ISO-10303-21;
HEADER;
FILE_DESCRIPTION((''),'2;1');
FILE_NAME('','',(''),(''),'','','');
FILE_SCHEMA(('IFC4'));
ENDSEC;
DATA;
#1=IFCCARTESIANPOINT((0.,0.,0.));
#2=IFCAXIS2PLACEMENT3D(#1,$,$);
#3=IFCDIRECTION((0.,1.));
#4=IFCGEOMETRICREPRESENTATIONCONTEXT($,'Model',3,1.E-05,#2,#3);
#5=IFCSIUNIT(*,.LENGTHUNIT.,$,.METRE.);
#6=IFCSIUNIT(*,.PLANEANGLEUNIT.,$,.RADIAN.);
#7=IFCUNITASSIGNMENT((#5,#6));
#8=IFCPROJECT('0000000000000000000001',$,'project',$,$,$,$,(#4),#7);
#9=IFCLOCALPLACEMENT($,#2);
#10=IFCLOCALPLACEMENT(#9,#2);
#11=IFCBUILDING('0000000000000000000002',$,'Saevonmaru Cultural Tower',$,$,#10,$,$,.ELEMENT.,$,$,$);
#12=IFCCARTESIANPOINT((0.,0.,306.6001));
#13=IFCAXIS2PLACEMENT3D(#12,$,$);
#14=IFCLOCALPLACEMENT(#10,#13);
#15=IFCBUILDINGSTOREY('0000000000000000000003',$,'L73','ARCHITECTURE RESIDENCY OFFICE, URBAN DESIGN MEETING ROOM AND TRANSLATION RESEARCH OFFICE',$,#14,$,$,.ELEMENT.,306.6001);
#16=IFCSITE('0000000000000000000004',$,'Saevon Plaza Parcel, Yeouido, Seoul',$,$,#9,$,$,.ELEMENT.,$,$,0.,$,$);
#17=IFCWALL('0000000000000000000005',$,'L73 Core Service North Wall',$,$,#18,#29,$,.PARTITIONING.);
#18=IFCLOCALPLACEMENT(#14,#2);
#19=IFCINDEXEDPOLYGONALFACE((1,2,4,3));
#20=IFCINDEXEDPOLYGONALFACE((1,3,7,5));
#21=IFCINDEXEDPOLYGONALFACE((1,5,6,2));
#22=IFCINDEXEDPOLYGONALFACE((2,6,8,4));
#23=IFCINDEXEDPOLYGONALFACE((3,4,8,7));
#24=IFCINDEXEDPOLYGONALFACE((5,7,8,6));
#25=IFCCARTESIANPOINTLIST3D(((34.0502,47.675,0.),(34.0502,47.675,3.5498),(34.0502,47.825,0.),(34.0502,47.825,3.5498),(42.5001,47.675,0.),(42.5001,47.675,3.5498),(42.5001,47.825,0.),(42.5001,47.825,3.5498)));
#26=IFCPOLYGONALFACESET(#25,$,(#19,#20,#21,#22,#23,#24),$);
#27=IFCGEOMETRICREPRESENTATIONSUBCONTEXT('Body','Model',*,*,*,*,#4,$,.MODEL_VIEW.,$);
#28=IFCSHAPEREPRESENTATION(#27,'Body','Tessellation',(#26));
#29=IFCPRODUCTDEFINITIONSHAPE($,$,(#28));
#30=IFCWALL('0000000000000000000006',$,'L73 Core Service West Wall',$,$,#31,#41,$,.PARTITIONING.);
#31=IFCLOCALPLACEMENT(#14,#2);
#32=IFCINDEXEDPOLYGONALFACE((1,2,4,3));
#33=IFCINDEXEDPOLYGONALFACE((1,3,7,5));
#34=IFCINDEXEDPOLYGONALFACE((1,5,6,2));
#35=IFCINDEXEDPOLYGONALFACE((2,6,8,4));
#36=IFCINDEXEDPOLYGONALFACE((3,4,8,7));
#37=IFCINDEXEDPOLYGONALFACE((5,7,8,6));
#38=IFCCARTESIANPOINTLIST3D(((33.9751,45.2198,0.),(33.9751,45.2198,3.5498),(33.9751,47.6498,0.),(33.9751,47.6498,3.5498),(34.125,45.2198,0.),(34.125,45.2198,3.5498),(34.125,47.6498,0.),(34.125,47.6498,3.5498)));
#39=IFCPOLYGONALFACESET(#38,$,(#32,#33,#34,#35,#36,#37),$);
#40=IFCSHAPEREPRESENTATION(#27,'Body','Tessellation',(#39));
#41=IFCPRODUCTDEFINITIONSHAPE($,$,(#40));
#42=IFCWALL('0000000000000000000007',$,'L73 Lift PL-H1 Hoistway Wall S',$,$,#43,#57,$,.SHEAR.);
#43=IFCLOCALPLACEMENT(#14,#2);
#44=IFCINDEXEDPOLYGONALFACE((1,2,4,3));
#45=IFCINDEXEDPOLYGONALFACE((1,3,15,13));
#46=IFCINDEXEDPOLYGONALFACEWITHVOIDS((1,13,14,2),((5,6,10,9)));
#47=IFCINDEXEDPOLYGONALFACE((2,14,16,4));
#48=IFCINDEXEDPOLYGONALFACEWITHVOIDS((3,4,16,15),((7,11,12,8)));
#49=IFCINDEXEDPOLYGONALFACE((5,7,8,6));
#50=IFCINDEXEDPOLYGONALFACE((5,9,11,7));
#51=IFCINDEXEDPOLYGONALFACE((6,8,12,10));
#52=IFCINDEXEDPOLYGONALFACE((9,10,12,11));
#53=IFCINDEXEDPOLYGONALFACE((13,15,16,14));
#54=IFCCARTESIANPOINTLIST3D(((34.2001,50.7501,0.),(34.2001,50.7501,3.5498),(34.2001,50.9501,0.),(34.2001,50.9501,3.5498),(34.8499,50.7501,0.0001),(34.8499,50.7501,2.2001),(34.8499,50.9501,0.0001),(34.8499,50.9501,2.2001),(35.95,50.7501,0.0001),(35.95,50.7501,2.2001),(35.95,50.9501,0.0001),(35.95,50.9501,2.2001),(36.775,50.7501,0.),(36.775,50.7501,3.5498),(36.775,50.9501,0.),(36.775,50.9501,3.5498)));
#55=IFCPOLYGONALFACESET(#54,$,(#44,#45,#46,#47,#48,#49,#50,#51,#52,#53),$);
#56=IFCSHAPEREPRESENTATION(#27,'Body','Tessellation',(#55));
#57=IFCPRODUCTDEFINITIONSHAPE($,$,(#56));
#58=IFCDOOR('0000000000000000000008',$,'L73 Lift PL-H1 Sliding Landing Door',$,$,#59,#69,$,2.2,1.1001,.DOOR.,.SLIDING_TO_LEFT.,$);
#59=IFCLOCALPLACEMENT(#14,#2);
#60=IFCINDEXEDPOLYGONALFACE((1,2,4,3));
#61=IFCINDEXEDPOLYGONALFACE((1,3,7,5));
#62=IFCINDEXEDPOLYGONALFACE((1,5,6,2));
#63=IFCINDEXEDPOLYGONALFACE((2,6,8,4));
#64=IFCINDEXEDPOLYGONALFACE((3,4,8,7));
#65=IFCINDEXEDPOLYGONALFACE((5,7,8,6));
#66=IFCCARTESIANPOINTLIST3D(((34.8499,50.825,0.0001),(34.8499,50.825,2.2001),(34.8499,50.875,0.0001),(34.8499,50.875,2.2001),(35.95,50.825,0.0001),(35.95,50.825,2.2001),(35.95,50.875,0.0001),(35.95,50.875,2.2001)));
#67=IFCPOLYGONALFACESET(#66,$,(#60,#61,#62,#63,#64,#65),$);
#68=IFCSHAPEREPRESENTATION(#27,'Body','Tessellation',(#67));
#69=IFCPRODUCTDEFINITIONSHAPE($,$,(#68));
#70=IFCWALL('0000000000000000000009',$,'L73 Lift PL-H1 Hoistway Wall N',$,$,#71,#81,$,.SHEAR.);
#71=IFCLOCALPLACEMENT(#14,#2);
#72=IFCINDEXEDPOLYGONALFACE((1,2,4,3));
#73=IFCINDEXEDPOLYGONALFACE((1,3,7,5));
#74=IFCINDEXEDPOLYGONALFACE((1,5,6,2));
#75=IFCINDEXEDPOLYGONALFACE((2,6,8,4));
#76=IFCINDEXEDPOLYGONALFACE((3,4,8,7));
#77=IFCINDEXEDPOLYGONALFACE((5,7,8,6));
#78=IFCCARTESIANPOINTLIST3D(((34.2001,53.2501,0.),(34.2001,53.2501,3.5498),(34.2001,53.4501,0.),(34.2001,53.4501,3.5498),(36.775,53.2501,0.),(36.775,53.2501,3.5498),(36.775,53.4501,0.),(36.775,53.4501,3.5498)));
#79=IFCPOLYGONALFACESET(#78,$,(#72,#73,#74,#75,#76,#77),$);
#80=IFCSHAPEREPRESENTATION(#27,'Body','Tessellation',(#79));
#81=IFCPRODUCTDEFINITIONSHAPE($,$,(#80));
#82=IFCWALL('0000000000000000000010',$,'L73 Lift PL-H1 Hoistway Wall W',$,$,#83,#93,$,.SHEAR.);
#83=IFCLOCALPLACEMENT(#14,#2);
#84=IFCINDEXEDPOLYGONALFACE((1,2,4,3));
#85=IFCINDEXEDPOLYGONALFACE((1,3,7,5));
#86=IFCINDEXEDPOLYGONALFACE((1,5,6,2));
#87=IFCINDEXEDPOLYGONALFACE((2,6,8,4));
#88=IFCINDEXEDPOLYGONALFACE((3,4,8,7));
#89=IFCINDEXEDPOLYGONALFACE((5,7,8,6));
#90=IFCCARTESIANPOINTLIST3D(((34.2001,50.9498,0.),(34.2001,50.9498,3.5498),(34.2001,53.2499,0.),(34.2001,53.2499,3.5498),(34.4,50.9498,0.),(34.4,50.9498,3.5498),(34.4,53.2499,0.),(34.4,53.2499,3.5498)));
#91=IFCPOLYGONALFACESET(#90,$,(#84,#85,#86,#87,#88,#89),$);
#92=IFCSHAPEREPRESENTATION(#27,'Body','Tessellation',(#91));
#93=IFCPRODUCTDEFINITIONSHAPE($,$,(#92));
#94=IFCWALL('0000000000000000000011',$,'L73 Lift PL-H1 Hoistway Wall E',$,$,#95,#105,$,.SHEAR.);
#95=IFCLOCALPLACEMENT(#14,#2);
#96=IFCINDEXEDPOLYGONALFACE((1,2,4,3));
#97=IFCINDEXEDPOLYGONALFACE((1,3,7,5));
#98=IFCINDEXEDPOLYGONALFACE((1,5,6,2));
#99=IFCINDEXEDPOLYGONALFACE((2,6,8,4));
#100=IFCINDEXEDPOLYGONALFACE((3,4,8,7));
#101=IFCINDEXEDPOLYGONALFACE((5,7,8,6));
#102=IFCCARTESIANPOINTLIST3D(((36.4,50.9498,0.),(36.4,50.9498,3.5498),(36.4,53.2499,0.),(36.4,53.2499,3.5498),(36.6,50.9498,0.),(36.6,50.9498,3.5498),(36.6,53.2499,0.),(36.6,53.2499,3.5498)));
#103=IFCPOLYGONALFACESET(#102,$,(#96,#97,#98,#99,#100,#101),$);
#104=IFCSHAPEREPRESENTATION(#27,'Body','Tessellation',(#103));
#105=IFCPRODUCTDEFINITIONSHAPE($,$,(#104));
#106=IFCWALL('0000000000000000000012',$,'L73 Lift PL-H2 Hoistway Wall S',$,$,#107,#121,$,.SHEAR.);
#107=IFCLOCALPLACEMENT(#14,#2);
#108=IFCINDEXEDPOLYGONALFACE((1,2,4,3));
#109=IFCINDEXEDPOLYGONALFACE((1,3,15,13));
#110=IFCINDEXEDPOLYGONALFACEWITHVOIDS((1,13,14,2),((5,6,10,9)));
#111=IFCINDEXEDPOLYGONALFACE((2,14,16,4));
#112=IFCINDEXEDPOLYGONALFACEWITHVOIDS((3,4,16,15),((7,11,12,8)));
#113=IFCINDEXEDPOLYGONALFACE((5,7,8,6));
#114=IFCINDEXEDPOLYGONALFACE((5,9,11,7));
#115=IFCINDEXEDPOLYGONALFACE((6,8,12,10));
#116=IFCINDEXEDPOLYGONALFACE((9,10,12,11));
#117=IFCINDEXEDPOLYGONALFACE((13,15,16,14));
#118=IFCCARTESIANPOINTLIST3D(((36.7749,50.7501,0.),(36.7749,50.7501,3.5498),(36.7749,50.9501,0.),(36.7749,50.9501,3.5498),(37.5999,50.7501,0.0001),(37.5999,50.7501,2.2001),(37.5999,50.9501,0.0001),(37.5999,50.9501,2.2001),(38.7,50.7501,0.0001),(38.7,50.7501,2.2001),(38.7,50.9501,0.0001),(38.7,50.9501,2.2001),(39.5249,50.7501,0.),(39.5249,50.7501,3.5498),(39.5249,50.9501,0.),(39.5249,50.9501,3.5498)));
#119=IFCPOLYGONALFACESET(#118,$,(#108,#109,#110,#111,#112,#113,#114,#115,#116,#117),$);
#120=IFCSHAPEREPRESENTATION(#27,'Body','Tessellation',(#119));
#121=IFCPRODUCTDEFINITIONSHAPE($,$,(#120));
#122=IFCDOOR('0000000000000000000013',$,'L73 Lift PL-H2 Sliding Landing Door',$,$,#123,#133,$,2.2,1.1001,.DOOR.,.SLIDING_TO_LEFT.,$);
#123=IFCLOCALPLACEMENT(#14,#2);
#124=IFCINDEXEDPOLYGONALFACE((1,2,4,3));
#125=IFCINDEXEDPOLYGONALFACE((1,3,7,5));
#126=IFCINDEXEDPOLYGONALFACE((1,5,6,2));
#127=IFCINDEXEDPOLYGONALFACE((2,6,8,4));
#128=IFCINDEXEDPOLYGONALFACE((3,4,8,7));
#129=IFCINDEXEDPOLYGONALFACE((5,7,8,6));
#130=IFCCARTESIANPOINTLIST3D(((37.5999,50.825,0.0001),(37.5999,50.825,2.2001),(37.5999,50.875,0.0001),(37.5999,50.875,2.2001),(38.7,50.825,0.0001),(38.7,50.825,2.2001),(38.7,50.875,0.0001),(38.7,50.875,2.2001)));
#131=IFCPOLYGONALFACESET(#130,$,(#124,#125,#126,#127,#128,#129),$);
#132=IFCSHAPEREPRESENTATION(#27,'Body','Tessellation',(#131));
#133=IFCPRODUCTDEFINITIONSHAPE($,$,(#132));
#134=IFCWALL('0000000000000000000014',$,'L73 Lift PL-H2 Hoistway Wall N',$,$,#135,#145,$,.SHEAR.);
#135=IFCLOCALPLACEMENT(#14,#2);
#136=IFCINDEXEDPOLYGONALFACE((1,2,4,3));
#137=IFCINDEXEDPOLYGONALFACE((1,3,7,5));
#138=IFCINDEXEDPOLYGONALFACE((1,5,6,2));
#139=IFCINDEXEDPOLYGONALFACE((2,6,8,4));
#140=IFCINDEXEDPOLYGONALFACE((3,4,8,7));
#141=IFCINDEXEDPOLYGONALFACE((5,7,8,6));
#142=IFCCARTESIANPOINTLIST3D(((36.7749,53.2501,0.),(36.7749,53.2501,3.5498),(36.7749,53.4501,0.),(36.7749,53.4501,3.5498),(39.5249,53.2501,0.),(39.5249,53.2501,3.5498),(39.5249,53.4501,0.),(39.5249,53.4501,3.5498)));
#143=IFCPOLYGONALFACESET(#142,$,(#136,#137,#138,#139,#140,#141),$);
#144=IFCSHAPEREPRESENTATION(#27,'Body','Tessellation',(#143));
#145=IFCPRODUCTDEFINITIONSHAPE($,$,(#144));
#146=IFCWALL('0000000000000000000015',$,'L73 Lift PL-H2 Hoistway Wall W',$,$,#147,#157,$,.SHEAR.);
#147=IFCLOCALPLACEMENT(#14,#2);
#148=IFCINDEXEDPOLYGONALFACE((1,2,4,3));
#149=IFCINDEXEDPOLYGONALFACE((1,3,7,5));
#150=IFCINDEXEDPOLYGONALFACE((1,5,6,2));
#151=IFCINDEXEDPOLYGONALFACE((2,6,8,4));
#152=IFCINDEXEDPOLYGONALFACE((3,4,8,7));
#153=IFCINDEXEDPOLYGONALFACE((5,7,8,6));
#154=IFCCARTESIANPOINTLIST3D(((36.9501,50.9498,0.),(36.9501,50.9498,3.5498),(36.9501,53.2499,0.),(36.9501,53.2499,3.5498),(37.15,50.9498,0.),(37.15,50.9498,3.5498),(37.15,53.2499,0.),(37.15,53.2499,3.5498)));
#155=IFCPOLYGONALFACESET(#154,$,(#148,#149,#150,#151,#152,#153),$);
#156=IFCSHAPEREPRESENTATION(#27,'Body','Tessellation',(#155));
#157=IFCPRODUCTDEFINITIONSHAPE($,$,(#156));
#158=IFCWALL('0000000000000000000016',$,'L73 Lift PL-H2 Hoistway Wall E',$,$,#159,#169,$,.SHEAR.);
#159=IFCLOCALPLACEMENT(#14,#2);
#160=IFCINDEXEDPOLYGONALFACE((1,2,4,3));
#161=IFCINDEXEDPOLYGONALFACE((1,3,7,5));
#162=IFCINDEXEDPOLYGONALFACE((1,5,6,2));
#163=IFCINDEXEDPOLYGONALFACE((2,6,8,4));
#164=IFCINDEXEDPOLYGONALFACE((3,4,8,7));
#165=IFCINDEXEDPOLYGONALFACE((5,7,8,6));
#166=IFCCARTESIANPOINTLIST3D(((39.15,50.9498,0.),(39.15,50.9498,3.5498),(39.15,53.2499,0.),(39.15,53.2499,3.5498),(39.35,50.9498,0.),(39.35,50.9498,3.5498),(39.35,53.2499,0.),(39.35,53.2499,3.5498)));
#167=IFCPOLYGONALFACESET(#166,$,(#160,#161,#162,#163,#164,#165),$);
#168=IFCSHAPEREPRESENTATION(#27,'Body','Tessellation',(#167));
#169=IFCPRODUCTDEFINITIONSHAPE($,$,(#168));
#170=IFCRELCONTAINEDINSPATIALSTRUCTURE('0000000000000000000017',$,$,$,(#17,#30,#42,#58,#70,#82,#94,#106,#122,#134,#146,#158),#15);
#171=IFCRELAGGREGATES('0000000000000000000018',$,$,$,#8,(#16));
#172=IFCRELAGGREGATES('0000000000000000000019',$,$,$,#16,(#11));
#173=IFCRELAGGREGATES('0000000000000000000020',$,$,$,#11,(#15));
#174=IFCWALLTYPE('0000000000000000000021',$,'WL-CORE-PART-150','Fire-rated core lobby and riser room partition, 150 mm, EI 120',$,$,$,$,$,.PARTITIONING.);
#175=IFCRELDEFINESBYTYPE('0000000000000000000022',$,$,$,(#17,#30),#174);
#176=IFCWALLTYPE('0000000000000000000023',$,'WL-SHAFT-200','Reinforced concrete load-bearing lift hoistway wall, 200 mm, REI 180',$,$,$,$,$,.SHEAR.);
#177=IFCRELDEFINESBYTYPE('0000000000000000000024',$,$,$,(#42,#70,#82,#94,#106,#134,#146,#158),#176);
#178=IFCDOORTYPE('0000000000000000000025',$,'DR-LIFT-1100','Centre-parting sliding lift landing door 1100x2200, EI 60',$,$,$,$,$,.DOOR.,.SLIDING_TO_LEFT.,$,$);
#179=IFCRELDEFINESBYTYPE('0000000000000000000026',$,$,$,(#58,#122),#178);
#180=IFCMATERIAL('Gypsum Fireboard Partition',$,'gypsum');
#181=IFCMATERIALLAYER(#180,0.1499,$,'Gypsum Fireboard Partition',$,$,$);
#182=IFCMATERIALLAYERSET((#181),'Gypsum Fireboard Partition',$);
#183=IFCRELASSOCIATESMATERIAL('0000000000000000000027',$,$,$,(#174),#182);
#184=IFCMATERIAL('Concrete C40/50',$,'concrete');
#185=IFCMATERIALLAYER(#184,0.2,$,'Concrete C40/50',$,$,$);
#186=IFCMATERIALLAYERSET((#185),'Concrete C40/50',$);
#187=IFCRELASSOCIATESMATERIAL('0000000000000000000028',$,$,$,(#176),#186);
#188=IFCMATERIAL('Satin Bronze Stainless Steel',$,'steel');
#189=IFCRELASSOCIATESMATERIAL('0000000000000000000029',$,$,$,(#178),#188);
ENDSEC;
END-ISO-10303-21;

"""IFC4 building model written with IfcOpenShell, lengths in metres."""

from ifc_helpers import new_model, si_unit, direction, frame, frame_2d, origin, place, context, subcontext, project, spatial, rectangle, extrude, material, layer, layer_set, type_object, element, fill, save


model = new_model("IFC4")

# Units and contexts
model_context = context("Model", 3, precision=1e-05, world=origin(), true_north=direction((0.0, 1.0)))
body_context = subcontext(model_context, "Body", "Model", "MODEL_VIEW")
ifc_project = project(units=[si_unit("LENGTHUNIT", "METRE"), si_unit("PLANEANGLEUNIT", "RADIAN")], contexts=[model_context])

# Site, building, storey
site_placement = place(None, origin())
site = spatial("IfcSite", under=ifc_project, at=site_placement, Name="Saevon Plaza Parcel, Yeouido, Seoul", CompositionType="ELEMENT", RefElevation=0.0)
building_placement = place(site_placement, origin())
building = spatial("IfcBuilding", under=site, at=building_placement, Name="Saevonmaru Cultural Tower", CompositionType="ELEMENT")
storey_placement = place(building_placement, frame((0.0, 0.0, 306.6001)))
storey = spatial("IfcBuildingStorey", under=building, at=storey_placement, Name="L73", Description="ARCHITECTURE RESIDENCY OFFICE, URBAN DESIGN MEETING ROOM AND TRANSLATION RESEARCH OFFICE", CompositionType="ELEMENT", Elevation=306.6001)

# Shared definitions
ifc_material_1 = material(Name="Gypsum Fireboard Partition", Category="gypsum")
ifc_layer_1 = layer(ifc_material_1, 0.1499, Name="Gypsum Fireboard Partition")
ifc_layer_set_1 = layer_set([ifc_layer_1], Name="Gypsum Fireboard Partition")
wall_type_1 = type_object("IfcWallType", Name="WL-CORE-PART-150", Description="Fire-rated core lobby and riser room partition, 150 mm, EI 120", PredefinedType="PARTITIONING", material=ifc_layer_set_1)

# Walls
wall_1_placement = place(storey_placement, frame((34.05, 47.75, 0.0), z_axis=(0.0, 0.0, 1.0), x_axis=(1.0, 0.0, 0.0)))
element("IfcWall", 1, at=wall_1_placement, inside=storey, type_object=wall_type_1, Name="L73 Core Service North Wall", PredefinedType="PARTITIONING", context=body_context, shape_type="SweptSolid", body=[
    extrude(rectangle(XDim=8.45, YDim=0.1499, at=frame_2d((4.2251, 0.0))), origin(), (0.0, 0.0, 1.0), 3.5498),
])
wall_2_placement = place(storey_placement, frame((34.05, 45.22, 0.0), z_axis=(0.0, 0.0, 1.0), x_axis=(0.0, 1.0, 0.0)))
element("IfcWall", 2, at=wall_2_placement, inside=storey, type_object=wall_type_1, Name="L73 Core Service West Wall", PredefinedType="PARTITIONING", context=body_context, shape_type="SweptSolid", body=[
    extrude(rectangle(XDim=2.4299, YDim=0.1499, at=frame_2d((1.2148, 0.0))), origin(), (0.0, 0.0, 1.0), 3.5498),
])

# Wall, opening, door
ifc_material_2 = material(Name="Concrete C40/50", Category="concrete")
ifc_layer_2 = layer(ifc_material_2, 0.2, Name="Concrete C40/50")
ifc_layer_set_2 = layer_set([ifc_layer_2], Name="Concrete C40/50")
wall_type_2 = type_object("IfcWallType", Name="WL-SHAFT-200", Description="Reinforced concrete load-bearing lift hoistway wall, 200 mm, REI 180", PredefinedType="SHEAR", material=ifc_layer_set_2)
wall_3_placement = place(storey_placement, frame((34.2, 50.8501, 0.0), z_axis=(0.0, 0.0, 1.0), x_axis=(1.0, 0.0, 0.0)))
wall_3 = element("IfcWall", 3, at=wall_3_placement, inside=storey, type_object=wall_type_2, Name="L73 Lift PL-H1 Hoistway Wall S", PredefinedType="SHEAR", context=body_context, shape_type="SweptSolid", body=[
    extrude(rectangle(XDim=2.575, YDim=0.2, at=frame_2d((1.2876, 0.0))), origin(), (0.0, 0.0, 1.0), 3.5498),
])
opening_1_placement = place(wall_3_placement, frame((0.6499, 0.0, 0.0)))
opening_1 = element("IfcOpeningElement", 4, at=opening_1_placement, cuts=wall_3, PredefinedType="OPENING", context=body_context, shape_type="SweptSolid", body=[
    extrude(rectangle(XDim=1.1001, YDim=2.2, at=frame_2d((0.55, 1.1001))), frame((0.0, 0.1099, 0.0), z_axis=(0.0, -1.0, 0.0), x_axis=(1.0, 0.0, 0.0)), (0.0, 0.0, 1.0), 0.22),
])
ifc_material_3 = material(Name="Satin Bronze Stainless Steel", Category="steel")
door_type_1 = type_object("IfcDoorType", Name="DR-LIFT-1100", Description="Centre-parting sliding lift landing door 1100x2200, EI 60", OperationType="SLIDING_TO_LEFT", PredefinedType="DOOR", material=ifc_material_3)
door_1_placement = place(opening_1_placement, origin())
door_1 = element("IfcDoor", 5, at=door_1_placement, inside=storey, type_object=door_type_1, Name="L73 Lift PL-H1 Sliding Landing Door", OperationType="SLIDING_TO_LEFT", OverallHeight=2.2, OverallWidth=1.1001, PredefinedType="DOOR", context=body_context, shape_type="SweptSolid", body=[
    extrude(rectangle(XDim=1.1001, YDim=2.2, at=frame_2d((0.55, 1.1001))), frame((0.0, 0.0249, 0.0), z_axis=(0.0, -1.0, 0.0), x_axis=(1.0, 0.0, 0.0)), (0.0, 0.0, 1.0), 0.05),
])
fill(opening_1, door_1)

# Walls
wall_4_placement = place(storey_placement, frame((34.2, 53.3501, 0.0), z_axis=(0.0, 0.0, 1.0), x_axis=(1.0, 0.0, 0.0)))
element("IfcWall", 6, at=wall_4_placement, inside=storey, type_object=wall_type_2, Name="L73 Lift PL-H1 Hoistway Wall N", PredefinedType="SHEAR", context=body_context, shape_type="SweptSolid", body=[
    extrude(rectangle(XDim=2.575, YDim=0.2, at=frame_2d((1.2876, 0.0))), origin(), (0.0, 0.0, 1.0), 3.5498),
])
for number, where, z_axis, x_axis, name in (
    (7, (34.3, 50.95, 0.0), (0.0, 0.0, 1.0), (0.0, 1.0, 0.0), "L73 Lift PL-H1 Hoistway Wall W"),
    (8, (36.5, 50.95, 0.0), (0.0, 0.0, 1.0), (0.0, 1.0, 0.0), "L73 Lift PL-H1 Hoistway Wall E"),
):
    element("IfcWall", number, at=place(storey_placement, frame(where, z_axis=z_axis, x_axis=x_axis)), inside=storey, type_object=wall_type_2, Name=name, PredefinedType="SHEAR", context=body_context, shape_type="SweptSolid", body=[
        extrude(rectangle(XDim=2.3, YDim=0.2, at=frame_2d((1.1499, 0.0))), origin(), (0.0, 0.0, 1.0), 3.5498),
    ])

# Wall, opening, door
wall_5_placement = place(storey_placement, frame((36.7749, 50.8501, 0.0), z_axis=(0.0, 0.0, 1.0), x_axis=(1.0, 0.0, 0.0)))
wall_5 = element("IfcWall", 9, at=wall_5_placement, inside=storey, type_object=wall_type_2, Name="L73 Lift PL-H2 Hoistway Wall S", PredefinedType="SHEAR", context=body_context, shape_type="SweptSolid", body=[
    extrude(rectangle(XDim=2.75, YDim=0.2, at=frame_2d((1.375, 0.0))), origin(), (0.0, 0.0, 1.0), 3.5498),
])
opening_2_placement = place(wall_5_placement, frame((0.825, 0.0, 0.0)))
opening_2 = element("IfcOpeningElement", 10, at=opening_2_placement, cuts=wall_5, PredefinedType="OPENING", context=body_context, shape_type="SweptSolid", body=[
    extrude(rectangle(XDim=1.1001, YDim=2.2, at=frame_2d((0.55, 1.1001))), frame((0.0, 0.1099, 0.0), z_axis=(0.0, -1.0, 0.0), x_axis=(1.0, 0.0, 0.0)), (0.0, 0.0, 1.0), 0.22),
])
door_2_placement = place(opening_2_placement, origin())
door_2 = element("IfcDoor", 11, at=door_2_placement, inside=storey, type_object=door_type_1, Name="L73 Lift PL-H2 Sliding Landing Door", OperationType="SLIDING_TO_LEFT", OverallHeight=2.2, OverallWidth=1.1001, PredefinedType="DOOR", context=body_context, shape_type="SweptSolid", body=[
    extrude(rectangle(XDim=1.1001, YDim=2.2, at=frame_2d((0.55, 1.1001))), frame((0.0, 0.0249, 0.0), z_axis=(0.0, -1.0, 0.0), x_axis=(1.0, 0.0, 0.0)), (0.0, 0.0, 1.0), 0.05),
])
fill(opening_2, door_2)

# Walls
wall_6_placement = place(storey_placement, frame((36.7749, 53.3501, 0.0), z_axis=(0.0, 0.0, 1.0), x_axis=(1.0, 0.0, 0.0)))
element("IfcWall", 12, at=wall_6_placement, inside=storey, type_object=wall_type_2, Name="L73 Lift PL-H2 Hoistway Wall N", PredefinedType="SHEAR", context=body_context, shape_type="SweptSolid", body=[
    extrude(rectangle(XDim=2.75, YDim=0.2, at=frame_2d((1.375, 0.0))), origin(), (0.0, 0.0, 1.0), 3.5498),
])
for number, where, z_axis, x_axis, name in (
    (13, (37.05, 50.95, 0.0), (0.0, 0.0, 1.0), (0.0, 1.0, 0.0), "L73 Lift PL-H2 Hoistway Wall W"),
    (14, (39.25, 50.95, 0.0), (0.0, 0.0, 1.0), (0.0, 1.0, 0.0), "L73 Lift PL-H2 Hoistway Wall E"),
):
    element("IfcWall", number, at=place(storey_placement, frame(where, z_axis=z_axis, x_axis=x_axis)), inside=storey, type_object=wall_type_2, Name=name, PredefinedType="SHEAR", context=body_context, shape_type="SweptSolid", body=[
        extrude(rectangle(XDim=2.3, YDim=0.2, at=frame_2d((1.1499, 0.0))), origin(), (0.0, 0.0, 1.0), 3.5498),
    ])

save(model, "model.ifc")
